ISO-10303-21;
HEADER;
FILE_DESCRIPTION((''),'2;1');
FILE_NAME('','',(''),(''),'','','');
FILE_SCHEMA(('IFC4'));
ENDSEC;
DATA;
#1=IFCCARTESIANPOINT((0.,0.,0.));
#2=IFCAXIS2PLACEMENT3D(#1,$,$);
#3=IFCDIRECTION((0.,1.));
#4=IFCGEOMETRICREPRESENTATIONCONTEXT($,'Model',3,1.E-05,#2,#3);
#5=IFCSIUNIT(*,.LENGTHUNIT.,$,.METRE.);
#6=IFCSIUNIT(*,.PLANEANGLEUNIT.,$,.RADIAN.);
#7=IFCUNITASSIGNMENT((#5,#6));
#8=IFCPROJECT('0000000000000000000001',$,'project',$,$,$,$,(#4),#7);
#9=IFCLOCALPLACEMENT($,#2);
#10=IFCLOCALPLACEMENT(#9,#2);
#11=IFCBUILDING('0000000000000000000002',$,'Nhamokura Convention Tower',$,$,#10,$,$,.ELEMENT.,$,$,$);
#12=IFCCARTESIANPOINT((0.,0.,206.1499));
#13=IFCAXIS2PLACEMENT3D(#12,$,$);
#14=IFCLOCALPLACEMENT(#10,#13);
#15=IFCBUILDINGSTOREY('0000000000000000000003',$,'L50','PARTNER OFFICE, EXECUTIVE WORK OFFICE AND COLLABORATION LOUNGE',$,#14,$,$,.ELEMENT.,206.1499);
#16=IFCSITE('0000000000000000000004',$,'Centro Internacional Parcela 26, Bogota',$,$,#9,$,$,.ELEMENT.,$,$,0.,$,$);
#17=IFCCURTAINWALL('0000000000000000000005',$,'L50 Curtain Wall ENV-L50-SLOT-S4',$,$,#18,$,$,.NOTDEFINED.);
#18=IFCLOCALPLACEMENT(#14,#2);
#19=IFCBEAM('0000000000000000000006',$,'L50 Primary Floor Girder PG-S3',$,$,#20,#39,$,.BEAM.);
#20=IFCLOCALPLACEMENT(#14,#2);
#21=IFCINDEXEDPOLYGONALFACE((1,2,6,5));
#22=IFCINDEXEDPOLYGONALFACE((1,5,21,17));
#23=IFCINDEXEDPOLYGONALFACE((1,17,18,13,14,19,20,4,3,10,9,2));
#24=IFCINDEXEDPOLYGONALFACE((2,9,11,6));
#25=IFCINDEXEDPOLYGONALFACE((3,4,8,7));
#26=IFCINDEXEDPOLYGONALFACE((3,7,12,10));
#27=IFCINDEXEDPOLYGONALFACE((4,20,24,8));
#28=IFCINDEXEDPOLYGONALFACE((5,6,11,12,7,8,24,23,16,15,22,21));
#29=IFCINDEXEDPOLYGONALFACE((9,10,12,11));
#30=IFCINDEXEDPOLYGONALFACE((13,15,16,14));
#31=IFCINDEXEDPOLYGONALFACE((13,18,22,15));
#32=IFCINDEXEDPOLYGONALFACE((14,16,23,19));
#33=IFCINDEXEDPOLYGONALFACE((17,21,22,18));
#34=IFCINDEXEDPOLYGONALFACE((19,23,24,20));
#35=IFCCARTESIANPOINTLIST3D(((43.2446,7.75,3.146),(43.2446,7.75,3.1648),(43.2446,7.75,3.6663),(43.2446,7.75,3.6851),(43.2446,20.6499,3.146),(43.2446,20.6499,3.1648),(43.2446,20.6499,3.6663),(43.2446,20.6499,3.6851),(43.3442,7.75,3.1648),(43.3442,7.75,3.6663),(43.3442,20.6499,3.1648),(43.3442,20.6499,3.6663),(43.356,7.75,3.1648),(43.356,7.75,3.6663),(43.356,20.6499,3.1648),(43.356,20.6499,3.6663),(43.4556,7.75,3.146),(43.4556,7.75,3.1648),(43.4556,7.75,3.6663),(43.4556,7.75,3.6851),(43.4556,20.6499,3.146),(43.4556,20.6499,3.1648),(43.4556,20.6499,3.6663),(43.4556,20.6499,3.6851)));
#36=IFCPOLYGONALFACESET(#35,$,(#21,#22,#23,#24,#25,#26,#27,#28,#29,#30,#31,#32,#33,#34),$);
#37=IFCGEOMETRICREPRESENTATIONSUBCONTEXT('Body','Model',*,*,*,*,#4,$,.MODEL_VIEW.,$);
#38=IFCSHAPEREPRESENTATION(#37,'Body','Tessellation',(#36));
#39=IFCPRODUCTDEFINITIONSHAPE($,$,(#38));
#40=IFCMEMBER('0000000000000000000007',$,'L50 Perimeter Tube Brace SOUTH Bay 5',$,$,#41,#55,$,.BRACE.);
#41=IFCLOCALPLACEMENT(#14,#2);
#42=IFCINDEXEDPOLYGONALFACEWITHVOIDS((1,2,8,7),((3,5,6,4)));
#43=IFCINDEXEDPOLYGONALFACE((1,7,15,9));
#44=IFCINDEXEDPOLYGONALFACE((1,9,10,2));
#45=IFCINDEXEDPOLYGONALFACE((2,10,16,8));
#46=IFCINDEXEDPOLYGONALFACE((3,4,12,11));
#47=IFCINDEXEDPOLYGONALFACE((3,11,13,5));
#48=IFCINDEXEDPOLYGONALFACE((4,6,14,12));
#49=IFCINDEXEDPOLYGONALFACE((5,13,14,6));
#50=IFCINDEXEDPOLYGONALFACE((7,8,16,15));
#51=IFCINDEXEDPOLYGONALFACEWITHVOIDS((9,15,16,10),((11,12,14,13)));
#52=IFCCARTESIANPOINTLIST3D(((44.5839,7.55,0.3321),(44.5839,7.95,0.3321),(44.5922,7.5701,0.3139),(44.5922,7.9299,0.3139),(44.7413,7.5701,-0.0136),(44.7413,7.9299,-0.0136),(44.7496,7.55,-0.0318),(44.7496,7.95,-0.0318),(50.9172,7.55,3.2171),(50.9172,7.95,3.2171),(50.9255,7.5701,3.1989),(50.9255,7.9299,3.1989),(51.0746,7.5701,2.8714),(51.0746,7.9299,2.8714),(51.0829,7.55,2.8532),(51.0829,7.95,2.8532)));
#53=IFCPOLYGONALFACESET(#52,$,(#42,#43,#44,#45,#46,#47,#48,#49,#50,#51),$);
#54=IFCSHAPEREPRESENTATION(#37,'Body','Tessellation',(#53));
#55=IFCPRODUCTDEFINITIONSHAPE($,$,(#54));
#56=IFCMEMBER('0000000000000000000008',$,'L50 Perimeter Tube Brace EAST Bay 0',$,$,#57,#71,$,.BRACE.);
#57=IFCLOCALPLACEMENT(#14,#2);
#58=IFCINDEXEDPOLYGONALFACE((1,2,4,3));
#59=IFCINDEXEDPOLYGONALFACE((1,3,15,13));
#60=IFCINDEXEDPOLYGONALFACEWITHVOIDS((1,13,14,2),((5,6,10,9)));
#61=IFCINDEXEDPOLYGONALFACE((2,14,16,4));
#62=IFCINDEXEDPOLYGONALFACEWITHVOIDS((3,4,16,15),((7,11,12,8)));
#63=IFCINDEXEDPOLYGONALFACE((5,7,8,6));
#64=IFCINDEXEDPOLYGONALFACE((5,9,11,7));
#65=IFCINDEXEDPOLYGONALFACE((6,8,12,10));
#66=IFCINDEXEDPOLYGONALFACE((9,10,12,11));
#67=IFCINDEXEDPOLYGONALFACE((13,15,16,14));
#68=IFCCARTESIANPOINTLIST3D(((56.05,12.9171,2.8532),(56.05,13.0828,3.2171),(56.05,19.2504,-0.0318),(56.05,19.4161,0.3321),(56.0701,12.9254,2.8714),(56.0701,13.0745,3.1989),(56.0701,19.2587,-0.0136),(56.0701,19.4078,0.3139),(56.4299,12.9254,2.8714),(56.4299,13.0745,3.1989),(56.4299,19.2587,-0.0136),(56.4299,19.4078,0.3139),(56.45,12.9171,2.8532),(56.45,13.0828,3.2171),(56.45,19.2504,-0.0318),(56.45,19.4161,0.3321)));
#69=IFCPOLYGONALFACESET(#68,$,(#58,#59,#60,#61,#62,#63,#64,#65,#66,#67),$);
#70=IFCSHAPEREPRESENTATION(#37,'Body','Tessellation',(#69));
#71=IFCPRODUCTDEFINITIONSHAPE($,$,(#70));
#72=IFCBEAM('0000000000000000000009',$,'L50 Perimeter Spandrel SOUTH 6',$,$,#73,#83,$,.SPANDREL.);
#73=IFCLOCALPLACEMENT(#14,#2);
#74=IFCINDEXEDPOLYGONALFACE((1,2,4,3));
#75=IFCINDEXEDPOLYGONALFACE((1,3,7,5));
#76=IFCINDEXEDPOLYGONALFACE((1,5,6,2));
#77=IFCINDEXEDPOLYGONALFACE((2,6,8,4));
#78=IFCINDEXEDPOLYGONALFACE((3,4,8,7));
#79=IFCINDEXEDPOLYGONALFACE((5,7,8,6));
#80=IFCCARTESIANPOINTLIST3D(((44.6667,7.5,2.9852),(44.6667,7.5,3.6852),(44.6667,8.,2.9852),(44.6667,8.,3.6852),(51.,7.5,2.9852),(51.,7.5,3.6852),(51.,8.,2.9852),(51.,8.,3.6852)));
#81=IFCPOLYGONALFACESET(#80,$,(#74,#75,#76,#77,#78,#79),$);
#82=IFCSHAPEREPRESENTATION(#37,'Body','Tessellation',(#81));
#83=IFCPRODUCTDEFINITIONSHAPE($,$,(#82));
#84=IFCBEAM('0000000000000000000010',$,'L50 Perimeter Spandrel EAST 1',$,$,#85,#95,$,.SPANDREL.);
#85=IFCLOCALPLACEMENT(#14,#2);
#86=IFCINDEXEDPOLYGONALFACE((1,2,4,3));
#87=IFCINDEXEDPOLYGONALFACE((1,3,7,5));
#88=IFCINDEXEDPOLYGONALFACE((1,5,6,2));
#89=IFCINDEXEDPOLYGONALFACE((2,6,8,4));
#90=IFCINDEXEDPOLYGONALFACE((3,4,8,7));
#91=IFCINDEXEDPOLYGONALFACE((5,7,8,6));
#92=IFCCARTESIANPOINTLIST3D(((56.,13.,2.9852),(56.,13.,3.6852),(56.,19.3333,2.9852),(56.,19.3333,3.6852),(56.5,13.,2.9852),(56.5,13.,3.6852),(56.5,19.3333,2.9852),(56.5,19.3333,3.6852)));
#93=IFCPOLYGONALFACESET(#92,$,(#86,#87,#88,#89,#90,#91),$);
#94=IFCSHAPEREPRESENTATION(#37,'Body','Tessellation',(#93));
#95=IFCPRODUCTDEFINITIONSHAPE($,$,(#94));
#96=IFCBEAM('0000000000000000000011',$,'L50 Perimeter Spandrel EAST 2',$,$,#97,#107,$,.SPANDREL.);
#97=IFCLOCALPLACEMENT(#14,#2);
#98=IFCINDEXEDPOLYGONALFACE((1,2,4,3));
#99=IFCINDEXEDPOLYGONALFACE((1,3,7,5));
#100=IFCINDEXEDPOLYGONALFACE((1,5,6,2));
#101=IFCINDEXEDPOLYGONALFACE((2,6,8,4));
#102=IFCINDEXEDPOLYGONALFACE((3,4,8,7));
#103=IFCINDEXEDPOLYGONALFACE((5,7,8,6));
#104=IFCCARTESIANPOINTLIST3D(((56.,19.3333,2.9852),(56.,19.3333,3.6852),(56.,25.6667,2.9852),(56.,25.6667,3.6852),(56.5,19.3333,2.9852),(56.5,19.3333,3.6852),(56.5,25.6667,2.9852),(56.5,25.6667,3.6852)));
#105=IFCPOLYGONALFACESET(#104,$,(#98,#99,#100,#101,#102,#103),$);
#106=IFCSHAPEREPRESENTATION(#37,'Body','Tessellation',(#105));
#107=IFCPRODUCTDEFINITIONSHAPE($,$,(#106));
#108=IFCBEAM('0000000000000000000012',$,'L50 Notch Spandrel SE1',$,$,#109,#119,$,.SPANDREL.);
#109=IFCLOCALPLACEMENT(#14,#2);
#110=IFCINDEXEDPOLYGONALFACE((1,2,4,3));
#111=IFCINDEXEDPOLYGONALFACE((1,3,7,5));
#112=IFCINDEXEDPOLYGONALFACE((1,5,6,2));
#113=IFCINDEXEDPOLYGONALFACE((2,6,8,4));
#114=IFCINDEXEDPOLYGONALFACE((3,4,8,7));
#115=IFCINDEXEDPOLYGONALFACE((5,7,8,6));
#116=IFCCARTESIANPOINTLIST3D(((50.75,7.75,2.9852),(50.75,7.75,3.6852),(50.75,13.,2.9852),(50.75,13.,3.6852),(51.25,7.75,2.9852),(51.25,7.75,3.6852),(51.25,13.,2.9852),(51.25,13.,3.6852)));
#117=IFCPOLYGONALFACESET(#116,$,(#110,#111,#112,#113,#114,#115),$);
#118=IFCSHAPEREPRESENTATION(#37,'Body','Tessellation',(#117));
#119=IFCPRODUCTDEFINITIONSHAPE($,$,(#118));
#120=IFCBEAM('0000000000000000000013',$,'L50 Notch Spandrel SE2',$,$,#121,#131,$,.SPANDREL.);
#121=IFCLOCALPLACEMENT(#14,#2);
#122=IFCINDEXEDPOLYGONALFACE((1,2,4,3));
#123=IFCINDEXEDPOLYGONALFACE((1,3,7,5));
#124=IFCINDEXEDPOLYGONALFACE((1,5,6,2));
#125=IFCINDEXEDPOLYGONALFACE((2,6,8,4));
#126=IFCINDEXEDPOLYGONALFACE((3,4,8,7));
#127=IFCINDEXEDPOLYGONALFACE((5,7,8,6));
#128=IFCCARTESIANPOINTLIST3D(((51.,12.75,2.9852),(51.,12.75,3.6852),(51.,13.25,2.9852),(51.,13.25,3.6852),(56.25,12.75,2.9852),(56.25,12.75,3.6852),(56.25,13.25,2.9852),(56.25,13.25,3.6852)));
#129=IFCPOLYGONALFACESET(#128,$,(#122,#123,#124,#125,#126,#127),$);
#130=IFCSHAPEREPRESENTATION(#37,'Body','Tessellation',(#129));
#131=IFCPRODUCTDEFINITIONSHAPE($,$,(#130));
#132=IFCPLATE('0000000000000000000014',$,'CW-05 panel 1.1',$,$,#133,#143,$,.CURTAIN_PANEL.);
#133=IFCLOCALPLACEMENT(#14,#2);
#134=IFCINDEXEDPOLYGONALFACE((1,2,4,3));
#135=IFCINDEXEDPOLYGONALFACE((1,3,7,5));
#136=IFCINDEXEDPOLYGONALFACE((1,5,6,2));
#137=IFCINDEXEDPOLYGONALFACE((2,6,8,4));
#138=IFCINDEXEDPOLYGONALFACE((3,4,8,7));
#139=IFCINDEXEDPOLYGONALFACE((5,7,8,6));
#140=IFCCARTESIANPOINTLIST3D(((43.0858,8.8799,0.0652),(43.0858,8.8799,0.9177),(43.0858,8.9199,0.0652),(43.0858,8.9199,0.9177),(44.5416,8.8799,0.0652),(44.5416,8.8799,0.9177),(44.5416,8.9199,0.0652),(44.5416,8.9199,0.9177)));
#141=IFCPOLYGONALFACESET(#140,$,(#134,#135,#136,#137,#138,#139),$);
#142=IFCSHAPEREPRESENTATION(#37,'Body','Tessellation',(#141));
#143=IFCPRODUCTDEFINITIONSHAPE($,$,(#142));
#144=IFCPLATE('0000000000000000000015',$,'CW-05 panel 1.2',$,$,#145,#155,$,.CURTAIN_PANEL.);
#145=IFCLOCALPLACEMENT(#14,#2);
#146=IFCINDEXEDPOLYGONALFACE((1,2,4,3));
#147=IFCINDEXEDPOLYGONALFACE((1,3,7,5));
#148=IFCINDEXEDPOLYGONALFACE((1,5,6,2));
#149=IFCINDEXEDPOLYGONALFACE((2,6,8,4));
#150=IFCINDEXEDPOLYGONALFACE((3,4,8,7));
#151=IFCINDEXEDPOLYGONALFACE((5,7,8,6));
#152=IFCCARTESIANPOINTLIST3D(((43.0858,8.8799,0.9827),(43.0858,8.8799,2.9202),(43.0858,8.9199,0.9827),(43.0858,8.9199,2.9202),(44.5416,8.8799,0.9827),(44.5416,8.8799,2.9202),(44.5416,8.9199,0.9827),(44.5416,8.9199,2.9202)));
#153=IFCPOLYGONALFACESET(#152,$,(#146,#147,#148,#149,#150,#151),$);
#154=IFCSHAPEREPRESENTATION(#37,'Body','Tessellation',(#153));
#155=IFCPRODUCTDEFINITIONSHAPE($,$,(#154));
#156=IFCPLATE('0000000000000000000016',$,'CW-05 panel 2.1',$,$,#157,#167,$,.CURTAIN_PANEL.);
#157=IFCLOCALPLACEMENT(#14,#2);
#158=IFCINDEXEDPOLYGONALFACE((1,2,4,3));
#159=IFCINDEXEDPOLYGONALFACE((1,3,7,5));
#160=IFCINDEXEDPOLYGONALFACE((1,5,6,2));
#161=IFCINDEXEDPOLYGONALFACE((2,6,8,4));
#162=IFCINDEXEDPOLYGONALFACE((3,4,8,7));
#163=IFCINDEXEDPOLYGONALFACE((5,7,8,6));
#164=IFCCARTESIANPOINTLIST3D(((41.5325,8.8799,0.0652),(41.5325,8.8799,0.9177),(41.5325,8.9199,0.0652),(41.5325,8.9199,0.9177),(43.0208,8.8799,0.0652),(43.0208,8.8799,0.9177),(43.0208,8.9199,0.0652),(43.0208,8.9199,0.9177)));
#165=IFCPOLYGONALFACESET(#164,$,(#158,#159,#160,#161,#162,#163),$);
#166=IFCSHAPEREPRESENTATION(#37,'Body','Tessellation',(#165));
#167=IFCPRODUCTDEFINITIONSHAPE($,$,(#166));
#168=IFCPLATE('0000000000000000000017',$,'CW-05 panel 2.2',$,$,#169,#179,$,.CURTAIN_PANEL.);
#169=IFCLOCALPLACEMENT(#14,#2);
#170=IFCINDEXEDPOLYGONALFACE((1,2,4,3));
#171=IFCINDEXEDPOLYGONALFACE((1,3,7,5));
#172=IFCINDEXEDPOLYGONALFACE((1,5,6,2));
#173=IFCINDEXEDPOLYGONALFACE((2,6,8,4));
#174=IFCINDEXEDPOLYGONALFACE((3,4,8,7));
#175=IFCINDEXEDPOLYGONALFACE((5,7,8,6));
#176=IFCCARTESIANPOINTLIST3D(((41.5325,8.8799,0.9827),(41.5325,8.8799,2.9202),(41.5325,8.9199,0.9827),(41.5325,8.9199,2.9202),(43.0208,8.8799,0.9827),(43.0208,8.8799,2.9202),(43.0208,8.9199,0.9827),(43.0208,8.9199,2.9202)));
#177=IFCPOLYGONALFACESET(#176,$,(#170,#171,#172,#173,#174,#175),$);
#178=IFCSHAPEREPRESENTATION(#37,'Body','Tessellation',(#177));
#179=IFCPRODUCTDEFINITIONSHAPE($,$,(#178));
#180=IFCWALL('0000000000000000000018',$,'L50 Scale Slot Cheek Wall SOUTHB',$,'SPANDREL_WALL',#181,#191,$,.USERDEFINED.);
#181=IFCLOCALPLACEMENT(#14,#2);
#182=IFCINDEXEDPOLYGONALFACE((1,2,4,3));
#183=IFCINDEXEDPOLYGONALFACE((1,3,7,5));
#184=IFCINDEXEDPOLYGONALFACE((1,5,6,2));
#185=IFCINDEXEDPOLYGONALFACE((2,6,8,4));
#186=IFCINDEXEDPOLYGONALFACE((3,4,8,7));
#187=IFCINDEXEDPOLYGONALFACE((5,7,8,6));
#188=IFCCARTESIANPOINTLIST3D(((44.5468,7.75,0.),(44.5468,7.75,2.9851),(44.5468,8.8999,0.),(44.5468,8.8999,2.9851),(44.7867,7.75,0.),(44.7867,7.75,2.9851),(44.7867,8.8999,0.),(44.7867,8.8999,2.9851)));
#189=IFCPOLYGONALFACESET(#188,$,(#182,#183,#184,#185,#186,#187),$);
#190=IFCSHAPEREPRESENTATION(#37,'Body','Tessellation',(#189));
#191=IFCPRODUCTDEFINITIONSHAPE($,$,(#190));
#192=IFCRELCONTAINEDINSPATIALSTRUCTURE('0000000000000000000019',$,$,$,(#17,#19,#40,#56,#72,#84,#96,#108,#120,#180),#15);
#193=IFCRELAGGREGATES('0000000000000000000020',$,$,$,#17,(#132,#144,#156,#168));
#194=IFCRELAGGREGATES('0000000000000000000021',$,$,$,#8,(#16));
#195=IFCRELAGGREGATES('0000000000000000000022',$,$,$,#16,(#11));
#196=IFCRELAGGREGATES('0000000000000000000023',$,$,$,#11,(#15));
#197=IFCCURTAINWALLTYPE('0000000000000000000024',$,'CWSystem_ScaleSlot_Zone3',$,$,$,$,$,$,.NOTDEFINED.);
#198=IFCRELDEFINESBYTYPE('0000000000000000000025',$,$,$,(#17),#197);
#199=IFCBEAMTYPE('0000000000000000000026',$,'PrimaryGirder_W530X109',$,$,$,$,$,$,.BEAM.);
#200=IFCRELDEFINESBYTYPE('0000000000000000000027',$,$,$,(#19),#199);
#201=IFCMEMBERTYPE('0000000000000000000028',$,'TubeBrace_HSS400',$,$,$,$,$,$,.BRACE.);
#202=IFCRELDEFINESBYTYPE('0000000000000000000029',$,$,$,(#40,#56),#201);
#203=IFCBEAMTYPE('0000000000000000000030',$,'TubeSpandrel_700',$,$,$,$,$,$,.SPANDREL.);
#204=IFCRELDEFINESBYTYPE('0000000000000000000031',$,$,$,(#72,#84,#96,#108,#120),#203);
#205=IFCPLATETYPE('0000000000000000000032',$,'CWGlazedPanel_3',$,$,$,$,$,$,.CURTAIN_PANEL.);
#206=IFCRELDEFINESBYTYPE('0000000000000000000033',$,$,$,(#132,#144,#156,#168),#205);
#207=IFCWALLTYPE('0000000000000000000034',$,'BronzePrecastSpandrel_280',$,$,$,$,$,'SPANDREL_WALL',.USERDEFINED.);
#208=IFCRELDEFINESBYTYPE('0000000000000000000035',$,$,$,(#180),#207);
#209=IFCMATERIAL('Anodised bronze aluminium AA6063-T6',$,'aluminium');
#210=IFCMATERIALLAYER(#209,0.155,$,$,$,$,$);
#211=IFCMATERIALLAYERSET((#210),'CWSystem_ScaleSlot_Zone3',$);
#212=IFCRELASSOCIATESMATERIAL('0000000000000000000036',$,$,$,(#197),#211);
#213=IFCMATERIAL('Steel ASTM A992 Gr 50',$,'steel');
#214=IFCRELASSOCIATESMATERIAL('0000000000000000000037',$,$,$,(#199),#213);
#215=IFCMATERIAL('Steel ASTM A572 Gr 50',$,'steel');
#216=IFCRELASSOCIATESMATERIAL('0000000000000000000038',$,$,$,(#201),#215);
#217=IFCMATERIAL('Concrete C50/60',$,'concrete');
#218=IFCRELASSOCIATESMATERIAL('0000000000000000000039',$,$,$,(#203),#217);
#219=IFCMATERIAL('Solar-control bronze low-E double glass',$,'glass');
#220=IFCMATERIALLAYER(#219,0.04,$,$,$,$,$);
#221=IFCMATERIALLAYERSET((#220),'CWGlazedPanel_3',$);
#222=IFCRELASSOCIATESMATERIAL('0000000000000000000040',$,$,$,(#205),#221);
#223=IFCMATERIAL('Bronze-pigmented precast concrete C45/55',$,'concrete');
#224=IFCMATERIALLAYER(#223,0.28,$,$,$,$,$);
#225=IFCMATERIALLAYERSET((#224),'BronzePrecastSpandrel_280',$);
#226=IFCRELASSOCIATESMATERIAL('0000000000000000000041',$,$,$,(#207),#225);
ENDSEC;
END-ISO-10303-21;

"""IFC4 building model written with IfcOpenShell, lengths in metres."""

from ifc_helpers import new_model, si_unit, direction, frame, frame_2d, origin, origin_2d, place, context, subcontext, project, spatial, rectangle, hollow_rectangle, i_section, extrude, material, layer, layer_set, material_profile, profile_set, type_object, element, aggregate, save


model = new_model("IFC4")

# Units and contexts
model_context = context("Model", 3, precision=1e-05, world=origin(), true_north=direction((0.0, 1.0)))
body_context = subcontext(model_context, "Body", "Model", "MODEL_VIEW")
ifc_project = project(units=[si_unit("LENGTHUNIT", "METRE"), si_unit("PLANEANGLEUNIT", "RADIAN")], contexts=[model_context])

# Site, building, storey
site_placement = place(None, origin())
site = spatial("IfcSite", under=ifc_project, at=site_placement, Name="Centro Internacional Parcela 26, Bogota", CompositionType="ELEMENT", RefElevation=0.0)
building_placement = place(site_placement, origin())
building = spatial("IfcBuilding", under=site, at=building_placement, Name="Nhamokura Convention Tower", CompositionType="ELEMENT")
storey_placement = place(building_placement, frame((0.0, 0.0, 206.1499)))
storey = spatial("IfcBuildingStorey", under=building, at=storey_placement, Name="L50", Description="PARTNER OFFICE, EXECUTIVE WORK OFFICE AND COLLABORATION LOUNGE", CompositionType="ELEMENT", Elevation=206.1499)

# Curtain wall
ifc_material_1 = material(Name="Anodised bronze aluminium AA6063-T6", Category="aluminium")
ifc_layer_1 = layer(ifc_material_1, 0.155)
ifc_layer_set_1 = layer_set([ifc_layer_1], Name="CWSystem_ScaleSlot_Zone3")
curtain_wall_type = type_object("IfcCurtainWallType", Name="CWSystem_ScaleSlot_Zone3", PredefinedType="NOTDEFINED", material=ifc_layer_set_1)
curtain_wall_placement = place(storey_placement, origin())
curtain_wall = element("IfcCurtainWall", 1, at=curtain_wall_placement, inside=storey, type_object=curtain_wall_type, Name="L50 Curtain Wall ENV-L50-SLOT-S4", PredefinedType="NOTDEFINED")

# Beam
ifc_material_2 = material(Name="Steel ASTM A992 Gr 50", Category="steel")
ifc_material_profile_1 = material_profile(ifc_material_2, i_section(OverallWidth=0.2109, OverallDepth=0.5391, WebThickness=0.0117, FlangeThickness=0.0188, at=origin_2d()))
ifc_profile_set_1 = profile_set([ifc_material_profile_1], Name="Steel ASTM A992 Gr 50")
beam_type_1 = type_object("IfcBeamType", Name="PrimaryGirder_W530X109", PredefinedType="BEAM", material=ifc_profile_set_1)
beam_1_placement = place(storey_placement, frame((43.3501, 7.75, 3.4155), z_axis=(0.0, 1.0, 0.0), x_axis=(-1.0, 0.0, 0.0)))
element("IfcBeam", 2, at=beam_1_placement, inside=storey, type_object=beam_type_1, Name="L50 Primary Floor Girder PG-S3", PredefinedType="BEAM", context=body_context, shape_type="SweptSolid", body=[
    extrude(i_section(OverallWidth=0.2109, OverallDepth=0.5391, WebThickness=0.0117, FlangeThickness=0.0188, at=origin_2d()), origin(), (0.0, 0.0, 1.0), 12.8999),
])

# Members
ifc_material_3 = material(Name="Steel ASTM A572 Gr 50", Category="steel")
ifc_material_profile_2 = material_profile(ifc_material_3, hollow_rectangle(XDim=0.3999, YDim=0.3999, WallThickness=0.02, at=origin_2d()))
ifc_profile_set_2 = profile_set([ifc_material_profile_2], Name="Steel ASTM A572 Gr 50")
member_type_1 = type_object("IfcMemberType", Name="TubeBrace_HSS400", PredefinedType="BRACE", material=ifc_profile_set_2)
for number, where, z_axis, x_axis, name in (
    (3, (44.6667, 7.75, 0.1501), (0.910027, 0.0, 0.414548), (0.0, 1.0, 0.0), "L50 Perimeter Tube Brace SOUTH Bay 5"),
    (4, (56.25, 19.3333, 0.1501), (0.0, -0.910027, 0.414548), (1.0, 0.0, 0.0), "L50 Perimeter Tube Brace EAST Bay 0"),
):
    element("IfcMember", number, at=place(storey_placement, frame(where, z_axis=z_axis, x_axis=x_axis)), inside=storey, type_object=member_type_1, Name=name, PredefinedType="BRACE", context=body_context, shape_type="SweptSolid", body=[
        extrude(hollow_rectangle(XDim=0.3999, YDim=0.3999, WallThickness=0.02, at=origin_2d()), origin(), (0.0, 0.0, 1.0), 6.9595),
    ])

# Beams
ifc_material_4 = material(Name="Concrete C50/60", Category="concrete")
ifc_material_profile_3 = material_profile(ifc_material_4, rectangle(XDim=0.5, YDim=0.7, at=origin_2d()))
ifc_profile_set_3 = profile_set([ifc_material_profile_3], Name="Concrete C50/60")
beam_type_2 = type_object("IfcBeamType", Name="TubeSpandrel_700", PredefinedType="SPANDREL", material=ifc_profile_set_3)
for number, where, z_axis, x_axis, name in (
    (5, (44.6667, 7.75, 3.3352), (1.0, 0.0, 0.0), (0.0, 1.0, 0.0), "L50 Perimeter Spandrel SOUTH 6"),
    (6, (56.25, 13.0, 3.3352), (0.0, 1.0, 0.0), (-1.0, 0.0, 0.0), "L50 Perimeter Spandrel EAST 1"),
):
    element("IfcBeam", number, at=place(storey_placement, frame(where, z_axis=z_axis, x_axis=x_axis)), inside=storey, type_object=beam_type_2, Name=name, PredefinedType="SPANDREL", context=body_context, shape_type="SweptSolid", body=[
        extrude(rectangle(XDim=0.5, YDim=0.7, at=origin_2d()), origin(), (0.0, 0.0, 1.0), 6.3333),
    ])
beam_2_placement = place(storey_placement, frame((56.25, 19.3333, 3.3352), z_axis=(0.0, 1.0, 0.0), x_axis=(-1.0, 0.0, 0.0)))
element("IfcBeam", 7, at=beam_2_placement, inside=storey, type_object=beam_type_2, Name="L50 Perimeter Spandrel EAST 2", PredefinedType="SPANDREL", context=body_context, shape_type="SweptSolid", body=[
    extrude(rectangle(XDim=0.5, YDim=0.7, at=origin_2d()), origin(), (0.0, 0.0, 1.0), 6.3335),
])
for number, where, z_axis, x_axis, name in (
    (8, (51.0, 7.75, 3.3352), (0.0, 1.0, 0.0), (-1.0, 0.0, 0.0), "L50 Notch Spandrel SE1"),
    (9, (51.0, 13.0, 3.3352), (1.0, 0.0, 0.0), (0.0, 1.0, 0.0), "L50 Notch Spandrel SE2"),
):
    element("IfcBeam", number, at=place(storey_placement, frame(where, z_axis=z_axis, x_axis=x_axis)), inside=storey, type_object=beam_type_2, Name=name, PredefinedType="SPANDREL", context=body_context, shape_type="SweptSolid", body=[
        extrude(rectangle(XDim=0.5, YDim=0.7, at=origin_2d()), origin(), (0.0, 0.0, 1.0), 5.25),
    ])

# Plates
ifc_material_5 = material(Name="Solar-control bronze low-E double glass", Category="glass")
ifc_layer_2 = layer(ifc_material_5, 0.04)
ifc_layer_set_2 = layer_set([ifc_layer_2], Name="CWGlazedPanel_3")
plate_type = type_object("IfcPlateType", Name="CWGlazedPanel_3", PredefinedType="CURTAIN_PANEL", material=ifc_layer_set_2)
plate_1_placement = place(storey_placement, frame((43.8137, 8.8999, 0.0652), z_axis=(0.0, 0.0, 1.0), x_axis=(-1.0, 0.0, 0.0)))
plate_1 = element("IfcPlate", 10, at=plate_1_placement, type_object=plate_type, Name="CW-05 panel 1.1", PredefinedType="CURTAIN_PANEL", context=body_context, shape_type="SweptSolid", body=[
    extrude(rectangle(XDim=1.4558, YDim=0.04, at=origin_2d()), origin(), (0.0, 0.0, 1.0), 0.8525),
])
plate_2_placement = place(storey_placement, frame((43.8137, 8.8999, 0.9827), z_axis=(0.0, 0.0, 1.0), x_axis=(-1.0, 0.0, 0.0)))
plate_2 = element("IfcPlate", 11, at=plate_2_placement, type_object=plate_type, Name="CW-05 panel 1.2", PredefinedType="CURTAIN_PANEL", context=body_context, shape_type="SweptSolid", body=[
    extrude(rectangle(XDim=1.4558, YDim=0.04, at=origin_2d()), origin(), (0.0, 0.0, 1.0), 1.9375),
])
plate_3_placement = place(storey_placement, frame((42.2766, 8.8999, 0.0652), z_axis=(0.0, 0.0, 1.0), x_axis=(-1.0, 0.0, 0.0)))
plate_3 = element("IfcPlate", 12, at=plate_3_placement, type_object=plate_type, Name="CW-05 panel 2.1", PredefinedType="CURTAIN_PANEL", context=body_context, shape_type="SweptSolid", body=[
    extrude(rectangle(XDim=1.4883, YDim=0.04, at=origin_2d()), origin(), (0.0, 0.0, 1.0), 0.8525),
])
plate_4_placement = place(storey_placement, frame((42.2766, 8.8999, 0.9827), z_axis=(0.0, 0.0, 1.0), x_axis=(-1.0, 0.0, 0.0)))
plate_4 = element("IfcPlate", 13, at=plate_4_placement, type_object=plate_type, Name="CW-05 panel 2.2", PredefinedType="CURTAIN_PANEL", context=body_context, shape_type="SweptSolid", body=[
    extrude(rectangle(XDim=1.4883, YDim=0.04, at=origin_2d()), origin(), (0.0, 0.0, 1.0), 1.9375),
])
aggregate(curtain_wall, [plate_1, plate_2, plate_3, plate_4])

# Wall
ifc_material_6 = material(Name="Bronze-pigmented precast concrete C45/55", Category="concrete")
ifc_layer_3 = layer(ifc_material_6, 0.28)
ifc_layer_set_3 = layer_set([ifc_layer_3], Name="BronzePrecastSpandrel_280")
wall_type_1 = type_object("IfcWallType", Name="BronzePrecastSpandrel_280", ElementType="SPANDREL_WALL", PredefinedType="USERDEFINED", material=ifc_layer_set_3)
wall_1_placement = place(storey_placement, frame((44.6667, 7.75, 0.0), z_axis=(0.0, 0.0, 1.0), x_axis=(0.0, 1.0, 0.0)))
element("IfcWall", 14, at=wall_1_placement, inside=storey, type_object=wall_type_1, Name="L50 Scale Slot Cheek Wall SOUTHB", ObjectType="SPANDREL_WALL", PredefinedType="USERDEFINED", context=body_context, shape_type="SweptSolid", body=[
    extrude(rectangle(XDim=1.1499, YDim=0.24, at=frame_2d((0.575, 0.0))), origin(), (0.0, 0.0, 1.0), 2.9851),
])

save(model, "model.ifc")
